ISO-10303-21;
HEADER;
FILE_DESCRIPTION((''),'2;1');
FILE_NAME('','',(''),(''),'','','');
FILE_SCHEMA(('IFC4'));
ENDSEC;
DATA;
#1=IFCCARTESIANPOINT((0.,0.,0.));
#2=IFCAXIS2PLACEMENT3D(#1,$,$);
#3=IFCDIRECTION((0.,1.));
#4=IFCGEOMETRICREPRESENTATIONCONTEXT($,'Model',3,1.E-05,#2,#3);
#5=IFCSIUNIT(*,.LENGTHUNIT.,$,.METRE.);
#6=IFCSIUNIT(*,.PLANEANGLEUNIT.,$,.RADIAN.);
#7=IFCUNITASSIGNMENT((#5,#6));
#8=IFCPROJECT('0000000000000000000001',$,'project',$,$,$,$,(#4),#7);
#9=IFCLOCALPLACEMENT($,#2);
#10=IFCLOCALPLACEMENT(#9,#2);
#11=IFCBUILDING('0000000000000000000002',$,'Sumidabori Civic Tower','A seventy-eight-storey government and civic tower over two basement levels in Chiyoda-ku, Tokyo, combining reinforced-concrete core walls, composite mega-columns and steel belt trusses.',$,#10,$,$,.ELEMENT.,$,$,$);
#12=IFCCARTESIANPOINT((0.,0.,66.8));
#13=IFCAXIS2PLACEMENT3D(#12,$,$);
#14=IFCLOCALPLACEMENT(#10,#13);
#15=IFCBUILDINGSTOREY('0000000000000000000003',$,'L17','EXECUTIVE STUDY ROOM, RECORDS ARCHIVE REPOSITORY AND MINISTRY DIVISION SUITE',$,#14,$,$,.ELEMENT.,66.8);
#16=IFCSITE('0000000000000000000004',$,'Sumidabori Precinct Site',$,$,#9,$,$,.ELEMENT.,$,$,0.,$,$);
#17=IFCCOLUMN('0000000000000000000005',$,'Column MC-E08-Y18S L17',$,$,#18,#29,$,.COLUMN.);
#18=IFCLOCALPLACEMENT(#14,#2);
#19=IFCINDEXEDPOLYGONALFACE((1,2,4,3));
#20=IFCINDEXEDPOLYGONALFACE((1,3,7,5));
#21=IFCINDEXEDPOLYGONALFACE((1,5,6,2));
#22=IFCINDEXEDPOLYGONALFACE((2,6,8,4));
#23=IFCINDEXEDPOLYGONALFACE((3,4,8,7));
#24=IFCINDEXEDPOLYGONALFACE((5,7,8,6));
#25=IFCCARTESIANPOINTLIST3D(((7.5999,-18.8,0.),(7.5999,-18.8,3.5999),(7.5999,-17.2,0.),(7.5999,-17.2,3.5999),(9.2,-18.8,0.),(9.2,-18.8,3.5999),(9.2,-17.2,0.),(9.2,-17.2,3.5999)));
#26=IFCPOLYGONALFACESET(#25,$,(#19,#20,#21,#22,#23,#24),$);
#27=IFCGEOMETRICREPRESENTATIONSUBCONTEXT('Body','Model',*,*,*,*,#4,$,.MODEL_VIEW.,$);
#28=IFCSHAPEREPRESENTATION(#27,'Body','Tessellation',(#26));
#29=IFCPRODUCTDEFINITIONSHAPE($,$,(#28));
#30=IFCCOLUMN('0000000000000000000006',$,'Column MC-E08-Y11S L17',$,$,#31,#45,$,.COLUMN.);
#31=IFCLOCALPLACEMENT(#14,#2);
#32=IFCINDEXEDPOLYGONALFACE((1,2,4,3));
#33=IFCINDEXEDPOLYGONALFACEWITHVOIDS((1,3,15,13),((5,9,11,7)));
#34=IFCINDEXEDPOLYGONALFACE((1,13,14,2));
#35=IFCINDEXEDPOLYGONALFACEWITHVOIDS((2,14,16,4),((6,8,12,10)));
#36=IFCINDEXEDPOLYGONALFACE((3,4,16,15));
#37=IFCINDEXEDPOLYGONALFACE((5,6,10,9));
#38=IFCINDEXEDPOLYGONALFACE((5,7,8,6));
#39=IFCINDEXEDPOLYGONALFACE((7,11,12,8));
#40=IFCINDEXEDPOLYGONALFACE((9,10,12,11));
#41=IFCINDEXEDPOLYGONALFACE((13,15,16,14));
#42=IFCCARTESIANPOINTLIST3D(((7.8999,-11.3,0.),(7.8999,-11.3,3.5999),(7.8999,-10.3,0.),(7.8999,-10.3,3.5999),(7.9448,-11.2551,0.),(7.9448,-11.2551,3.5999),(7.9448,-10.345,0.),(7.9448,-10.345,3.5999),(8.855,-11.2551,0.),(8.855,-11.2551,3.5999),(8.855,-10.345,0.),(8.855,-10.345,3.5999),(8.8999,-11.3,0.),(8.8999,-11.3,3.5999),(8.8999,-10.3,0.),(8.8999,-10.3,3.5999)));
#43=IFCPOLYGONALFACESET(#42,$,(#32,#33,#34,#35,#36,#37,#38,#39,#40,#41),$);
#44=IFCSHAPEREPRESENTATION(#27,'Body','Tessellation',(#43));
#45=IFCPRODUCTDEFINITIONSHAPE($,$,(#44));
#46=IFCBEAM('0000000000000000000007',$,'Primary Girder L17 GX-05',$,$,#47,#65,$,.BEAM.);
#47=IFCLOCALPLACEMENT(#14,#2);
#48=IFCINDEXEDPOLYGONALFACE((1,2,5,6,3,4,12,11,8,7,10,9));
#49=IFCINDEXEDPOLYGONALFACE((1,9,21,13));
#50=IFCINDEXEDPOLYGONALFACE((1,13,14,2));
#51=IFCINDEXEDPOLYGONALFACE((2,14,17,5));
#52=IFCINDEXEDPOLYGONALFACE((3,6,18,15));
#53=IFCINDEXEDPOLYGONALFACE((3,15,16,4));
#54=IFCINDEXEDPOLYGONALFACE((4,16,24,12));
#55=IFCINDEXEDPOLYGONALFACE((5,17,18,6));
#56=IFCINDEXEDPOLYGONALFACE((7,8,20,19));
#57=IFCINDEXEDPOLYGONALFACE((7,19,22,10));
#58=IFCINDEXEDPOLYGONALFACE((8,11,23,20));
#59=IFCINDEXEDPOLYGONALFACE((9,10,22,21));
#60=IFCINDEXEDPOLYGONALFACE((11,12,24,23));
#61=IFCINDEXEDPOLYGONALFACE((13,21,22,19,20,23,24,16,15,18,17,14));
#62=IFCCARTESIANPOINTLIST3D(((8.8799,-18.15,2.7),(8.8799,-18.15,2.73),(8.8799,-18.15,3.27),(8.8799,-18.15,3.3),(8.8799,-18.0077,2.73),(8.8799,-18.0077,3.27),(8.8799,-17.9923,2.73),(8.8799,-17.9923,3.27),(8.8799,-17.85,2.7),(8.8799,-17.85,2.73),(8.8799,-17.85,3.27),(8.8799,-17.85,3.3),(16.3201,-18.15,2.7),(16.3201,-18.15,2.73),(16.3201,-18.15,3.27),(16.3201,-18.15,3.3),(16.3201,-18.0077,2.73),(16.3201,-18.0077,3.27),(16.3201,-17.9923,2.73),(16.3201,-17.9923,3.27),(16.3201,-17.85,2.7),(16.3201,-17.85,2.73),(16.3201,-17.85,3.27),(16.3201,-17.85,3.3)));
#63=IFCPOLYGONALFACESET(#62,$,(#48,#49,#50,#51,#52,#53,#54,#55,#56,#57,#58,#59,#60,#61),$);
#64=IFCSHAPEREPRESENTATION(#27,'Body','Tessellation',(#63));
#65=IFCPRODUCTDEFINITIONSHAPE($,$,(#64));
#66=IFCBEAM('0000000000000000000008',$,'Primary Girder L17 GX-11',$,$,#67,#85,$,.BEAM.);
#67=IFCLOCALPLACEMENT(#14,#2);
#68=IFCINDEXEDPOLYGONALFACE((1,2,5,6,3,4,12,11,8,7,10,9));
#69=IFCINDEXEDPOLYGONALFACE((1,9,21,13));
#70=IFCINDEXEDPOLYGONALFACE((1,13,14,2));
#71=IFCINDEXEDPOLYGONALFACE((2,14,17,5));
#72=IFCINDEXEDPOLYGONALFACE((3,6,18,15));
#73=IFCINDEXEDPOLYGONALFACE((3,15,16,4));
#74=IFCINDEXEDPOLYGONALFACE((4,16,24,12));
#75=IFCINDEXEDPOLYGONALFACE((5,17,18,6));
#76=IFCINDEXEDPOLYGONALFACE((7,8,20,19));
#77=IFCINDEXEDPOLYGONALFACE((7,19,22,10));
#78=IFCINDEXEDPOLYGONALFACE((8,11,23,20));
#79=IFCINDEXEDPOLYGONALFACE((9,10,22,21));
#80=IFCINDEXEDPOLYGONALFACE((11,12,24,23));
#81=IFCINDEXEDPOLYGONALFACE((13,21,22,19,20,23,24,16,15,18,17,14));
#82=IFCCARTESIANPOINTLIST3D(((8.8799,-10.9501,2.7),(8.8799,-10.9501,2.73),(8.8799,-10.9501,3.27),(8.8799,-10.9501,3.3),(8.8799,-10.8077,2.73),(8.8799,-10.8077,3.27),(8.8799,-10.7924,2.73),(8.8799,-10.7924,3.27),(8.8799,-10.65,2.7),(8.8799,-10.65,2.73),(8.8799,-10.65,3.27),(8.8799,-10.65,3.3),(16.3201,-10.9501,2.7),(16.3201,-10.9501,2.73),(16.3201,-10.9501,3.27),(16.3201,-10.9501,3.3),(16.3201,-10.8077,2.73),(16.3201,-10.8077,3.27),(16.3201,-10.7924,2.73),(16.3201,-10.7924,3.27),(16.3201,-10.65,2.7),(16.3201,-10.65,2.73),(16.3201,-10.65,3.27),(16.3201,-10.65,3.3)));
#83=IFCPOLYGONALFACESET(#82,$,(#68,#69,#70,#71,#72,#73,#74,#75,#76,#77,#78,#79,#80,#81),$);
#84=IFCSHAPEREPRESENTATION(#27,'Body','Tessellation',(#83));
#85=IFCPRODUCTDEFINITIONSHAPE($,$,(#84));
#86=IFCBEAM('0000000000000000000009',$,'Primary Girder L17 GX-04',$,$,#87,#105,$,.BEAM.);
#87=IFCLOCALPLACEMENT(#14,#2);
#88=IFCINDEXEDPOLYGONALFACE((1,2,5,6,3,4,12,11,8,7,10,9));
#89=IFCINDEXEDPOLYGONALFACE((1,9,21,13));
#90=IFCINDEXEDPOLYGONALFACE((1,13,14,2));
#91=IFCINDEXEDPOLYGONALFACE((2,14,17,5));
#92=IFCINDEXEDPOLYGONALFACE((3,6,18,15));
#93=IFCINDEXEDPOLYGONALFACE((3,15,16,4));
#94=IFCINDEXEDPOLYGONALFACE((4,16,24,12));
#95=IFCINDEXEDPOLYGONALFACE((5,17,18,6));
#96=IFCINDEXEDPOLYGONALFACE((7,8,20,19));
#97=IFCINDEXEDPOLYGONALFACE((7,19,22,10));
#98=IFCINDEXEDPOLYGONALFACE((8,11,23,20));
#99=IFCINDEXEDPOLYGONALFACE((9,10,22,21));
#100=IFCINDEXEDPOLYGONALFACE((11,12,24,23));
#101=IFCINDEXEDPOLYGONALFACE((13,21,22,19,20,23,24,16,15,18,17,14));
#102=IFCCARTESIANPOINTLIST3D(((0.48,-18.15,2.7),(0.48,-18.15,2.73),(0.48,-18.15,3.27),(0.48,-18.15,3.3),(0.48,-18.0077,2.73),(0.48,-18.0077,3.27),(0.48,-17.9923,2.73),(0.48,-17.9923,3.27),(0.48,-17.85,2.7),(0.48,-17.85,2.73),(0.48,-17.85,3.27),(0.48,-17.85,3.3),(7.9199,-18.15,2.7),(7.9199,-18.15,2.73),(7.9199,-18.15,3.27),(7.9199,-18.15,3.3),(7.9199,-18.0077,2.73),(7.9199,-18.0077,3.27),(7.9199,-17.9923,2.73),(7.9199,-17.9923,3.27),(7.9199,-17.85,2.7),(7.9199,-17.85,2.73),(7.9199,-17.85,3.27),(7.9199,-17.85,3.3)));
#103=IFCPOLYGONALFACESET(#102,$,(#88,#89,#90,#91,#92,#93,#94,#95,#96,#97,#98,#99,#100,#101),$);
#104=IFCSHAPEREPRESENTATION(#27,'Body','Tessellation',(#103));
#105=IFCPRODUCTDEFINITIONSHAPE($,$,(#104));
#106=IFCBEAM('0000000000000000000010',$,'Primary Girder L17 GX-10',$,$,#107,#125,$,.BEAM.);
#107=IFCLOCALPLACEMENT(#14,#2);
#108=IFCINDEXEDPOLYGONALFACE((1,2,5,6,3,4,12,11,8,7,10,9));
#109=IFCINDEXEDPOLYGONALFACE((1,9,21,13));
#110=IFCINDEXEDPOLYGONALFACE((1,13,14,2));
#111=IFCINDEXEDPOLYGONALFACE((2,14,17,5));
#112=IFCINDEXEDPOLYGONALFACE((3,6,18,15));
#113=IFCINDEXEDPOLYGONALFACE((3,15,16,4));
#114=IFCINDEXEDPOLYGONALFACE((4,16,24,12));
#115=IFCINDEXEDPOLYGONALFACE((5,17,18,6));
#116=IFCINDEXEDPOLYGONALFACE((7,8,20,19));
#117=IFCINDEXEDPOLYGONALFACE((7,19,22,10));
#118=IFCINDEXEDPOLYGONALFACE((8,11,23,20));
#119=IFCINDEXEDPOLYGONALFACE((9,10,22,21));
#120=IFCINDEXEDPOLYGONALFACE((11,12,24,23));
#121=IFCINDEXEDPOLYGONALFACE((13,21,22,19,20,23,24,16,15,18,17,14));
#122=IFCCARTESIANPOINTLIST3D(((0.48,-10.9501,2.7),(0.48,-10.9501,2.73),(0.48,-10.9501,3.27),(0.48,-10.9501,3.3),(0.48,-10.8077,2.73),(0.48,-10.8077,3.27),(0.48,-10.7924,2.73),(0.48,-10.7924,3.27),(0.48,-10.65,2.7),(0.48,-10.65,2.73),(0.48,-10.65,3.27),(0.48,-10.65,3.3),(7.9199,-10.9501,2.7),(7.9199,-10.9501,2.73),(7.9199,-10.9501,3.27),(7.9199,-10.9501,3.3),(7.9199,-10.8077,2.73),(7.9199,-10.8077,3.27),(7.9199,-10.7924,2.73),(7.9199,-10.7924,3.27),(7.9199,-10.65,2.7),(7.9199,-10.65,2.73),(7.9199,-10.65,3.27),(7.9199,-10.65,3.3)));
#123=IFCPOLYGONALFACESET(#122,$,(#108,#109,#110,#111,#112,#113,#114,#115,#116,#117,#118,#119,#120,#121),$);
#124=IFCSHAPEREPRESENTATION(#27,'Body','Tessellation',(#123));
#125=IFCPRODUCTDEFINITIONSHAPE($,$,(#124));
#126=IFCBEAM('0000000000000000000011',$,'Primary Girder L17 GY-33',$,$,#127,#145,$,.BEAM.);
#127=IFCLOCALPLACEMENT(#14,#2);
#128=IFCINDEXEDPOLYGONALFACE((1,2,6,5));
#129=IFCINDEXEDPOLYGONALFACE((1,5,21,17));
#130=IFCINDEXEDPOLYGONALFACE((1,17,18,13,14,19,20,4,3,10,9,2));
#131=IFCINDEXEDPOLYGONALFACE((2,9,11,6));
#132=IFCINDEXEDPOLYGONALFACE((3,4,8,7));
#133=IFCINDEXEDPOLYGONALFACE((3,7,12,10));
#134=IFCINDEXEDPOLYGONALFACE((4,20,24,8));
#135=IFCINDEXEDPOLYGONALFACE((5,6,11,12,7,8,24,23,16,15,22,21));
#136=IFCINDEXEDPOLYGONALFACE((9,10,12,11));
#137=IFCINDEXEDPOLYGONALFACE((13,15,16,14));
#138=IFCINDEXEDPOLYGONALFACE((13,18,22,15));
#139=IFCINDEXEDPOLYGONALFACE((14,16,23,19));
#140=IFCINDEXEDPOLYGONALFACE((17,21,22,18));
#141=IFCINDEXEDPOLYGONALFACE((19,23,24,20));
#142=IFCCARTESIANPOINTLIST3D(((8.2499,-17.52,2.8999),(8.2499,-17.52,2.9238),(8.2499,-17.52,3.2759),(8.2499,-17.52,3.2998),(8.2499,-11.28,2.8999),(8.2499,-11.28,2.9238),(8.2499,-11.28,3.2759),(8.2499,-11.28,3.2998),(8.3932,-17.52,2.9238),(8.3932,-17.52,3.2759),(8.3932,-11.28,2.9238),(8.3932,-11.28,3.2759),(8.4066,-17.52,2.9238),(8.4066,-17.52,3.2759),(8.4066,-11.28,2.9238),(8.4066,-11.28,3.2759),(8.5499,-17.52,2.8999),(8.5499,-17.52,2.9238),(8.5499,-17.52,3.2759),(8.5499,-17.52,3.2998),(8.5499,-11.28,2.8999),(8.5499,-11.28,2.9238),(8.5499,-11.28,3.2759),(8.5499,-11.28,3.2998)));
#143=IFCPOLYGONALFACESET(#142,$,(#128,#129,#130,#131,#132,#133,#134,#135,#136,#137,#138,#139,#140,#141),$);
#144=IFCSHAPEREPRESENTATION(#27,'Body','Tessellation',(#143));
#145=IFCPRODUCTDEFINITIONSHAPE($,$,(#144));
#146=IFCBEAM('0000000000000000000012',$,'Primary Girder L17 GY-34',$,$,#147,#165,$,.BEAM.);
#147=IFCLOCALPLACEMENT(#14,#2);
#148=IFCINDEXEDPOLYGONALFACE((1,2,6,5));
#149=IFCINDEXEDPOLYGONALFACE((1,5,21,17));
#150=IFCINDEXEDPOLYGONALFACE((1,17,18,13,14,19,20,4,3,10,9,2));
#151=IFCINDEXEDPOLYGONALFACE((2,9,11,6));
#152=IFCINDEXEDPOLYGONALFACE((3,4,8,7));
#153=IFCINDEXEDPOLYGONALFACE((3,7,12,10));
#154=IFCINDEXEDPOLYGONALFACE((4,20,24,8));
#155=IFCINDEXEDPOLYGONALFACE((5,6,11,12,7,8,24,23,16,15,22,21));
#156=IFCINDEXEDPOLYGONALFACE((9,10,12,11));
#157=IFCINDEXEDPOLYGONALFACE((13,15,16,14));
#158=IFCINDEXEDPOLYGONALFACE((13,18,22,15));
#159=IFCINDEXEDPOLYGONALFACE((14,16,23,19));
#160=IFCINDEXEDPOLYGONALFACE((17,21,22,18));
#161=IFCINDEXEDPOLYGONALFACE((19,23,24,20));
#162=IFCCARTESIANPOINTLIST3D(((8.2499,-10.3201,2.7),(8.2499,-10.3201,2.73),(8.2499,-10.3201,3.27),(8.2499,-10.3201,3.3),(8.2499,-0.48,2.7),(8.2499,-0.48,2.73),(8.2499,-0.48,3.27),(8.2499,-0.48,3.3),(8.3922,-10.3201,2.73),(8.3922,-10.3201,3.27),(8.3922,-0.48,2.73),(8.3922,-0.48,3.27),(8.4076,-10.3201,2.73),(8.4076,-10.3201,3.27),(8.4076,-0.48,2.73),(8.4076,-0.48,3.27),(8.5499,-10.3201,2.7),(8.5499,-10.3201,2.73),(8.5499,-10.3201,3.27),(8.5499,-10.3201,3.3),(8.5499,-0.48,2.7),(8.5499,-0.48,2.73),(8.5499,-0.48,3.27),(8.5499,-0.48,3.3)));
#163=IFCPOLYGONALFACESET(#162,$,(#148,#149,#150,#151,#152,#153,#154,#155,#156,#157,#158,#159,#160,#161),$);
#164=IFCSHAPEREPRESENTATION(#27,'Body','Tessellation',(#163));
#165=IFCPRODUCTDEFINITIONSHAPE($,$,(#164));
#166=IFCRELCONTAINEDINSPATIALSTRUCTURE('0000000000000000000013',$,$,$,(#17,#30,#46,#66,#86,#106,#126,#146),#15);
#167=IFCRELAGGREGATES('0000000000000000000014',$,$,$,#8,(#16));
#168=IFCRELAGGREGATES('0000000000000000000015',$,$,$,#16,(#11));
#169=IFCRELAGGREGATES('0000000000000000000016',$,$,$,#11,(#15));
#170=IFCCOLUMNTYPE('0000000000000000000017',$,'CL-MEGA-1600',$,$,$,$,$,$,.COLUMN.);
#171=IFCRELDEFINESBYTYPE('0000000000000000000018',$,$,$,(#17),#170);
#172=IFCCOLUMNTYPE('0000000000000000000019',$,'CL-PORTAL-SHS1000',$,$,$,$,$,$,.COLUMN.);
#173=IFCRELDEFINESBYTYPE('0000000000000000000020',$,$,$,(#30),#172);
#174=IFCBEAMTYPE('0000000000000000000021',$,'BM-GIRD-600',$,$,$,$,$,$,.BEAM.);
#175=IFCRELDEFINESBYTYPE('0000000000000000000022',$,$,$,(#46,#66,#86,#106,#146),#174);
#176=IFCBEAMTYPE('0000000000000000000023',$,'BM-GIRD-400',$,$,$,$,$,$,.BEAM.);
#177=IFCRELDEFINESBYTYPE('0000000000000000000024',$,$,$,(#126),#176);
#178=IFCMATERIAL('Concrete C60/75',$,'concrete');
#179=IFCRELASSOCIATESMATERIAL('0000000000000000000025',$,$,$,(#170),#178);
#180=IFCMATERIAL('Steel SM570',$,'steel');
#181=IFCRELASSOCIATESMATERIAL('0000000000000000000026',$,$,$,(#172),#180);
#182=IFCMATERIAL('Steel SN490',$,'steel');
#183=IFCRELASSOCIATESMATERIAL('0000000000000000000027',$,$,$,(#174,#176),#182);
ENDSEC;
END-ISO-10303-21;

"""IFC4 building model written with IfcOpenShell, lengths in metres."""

from ifc_helpers import new_model, si_unit, direction, frame, origin, origin_2d, place, context, subcontext, project, spatial, rectangle, hollow_rectangle, i_section, extrude, source, transform, mapped, material, material_profile, profile_set, type_object, element, save


model = new_model("IFC4")

# Units and contexts
model_context = context("Model", 3, precision=1e-05, world=origin(), true_north=direction((0.0, 1.0)))
body_context = subcontext(model_context, "Body", "Model", "MODEL_VIEW")
ifc_project = project(units=[si_unit("LENGTHUNIT", "METRE"), si_unit("PLANEANGLEUNIT", "RADIAN")], contexts=[model_context])

# Site, building, storey
site_placement = place(None, origin())
site = spatial("IfcSite", under=ifc_project, at=site_placement, Name="Sumidabori Precinct Site", CompositionType="ELEMENT", RefElevation=0.0)
building_placement = place(site_placement, origin())
building = spatial("IfcBuilding", under=site, at=building_placement, Name="Sumidabori Civic Tower", Description="A seventy-eight-storey government and civic tower over two basement levels in Chiyoda-ku, Tokyo, combining reinforced-concrete core walls, composite mega-columns and steel belt trusses.", CompositionType="ELEMENT")
storey_placement = place(building_placement, frame((0.0, 0.0, 66.8)))
storey = spatial("IfcBuildingStorey", under=building, at=storey_placement, Name="L17", Description="EXECUTIVE STUDY ROOM, RECORDS ARCHIVE REPOSITORY AND MINISTRY DIVISION SUITE", CompositionType="ELEMENT", Elevation=66.8)

# Columns
ifc_material_1 = material(Name="Concrete C60/75", Category="concrete")
ifc_material_profile_1 = material_profile(ifc_material_1, rectangle(XDim=1.6001, YDim=1.6001, at=origin_2d()), Name="RC 1600x1600")
ifc_profile_set_1 = profile_set([ifc_material_profile_1], Name="Concrete C60/75")
column_type_1 = type_object("IfcColumnType", Name="CL-MEGA-1600", PredefinedType="COLUMN", material=ifc_profile_set_1)
shared_shape_1 = source(origin(), body_context, "Body", "SweptSolid", [
    extrude(rectangle(XDim=1.6001, YDim=1.6001, at=origin_2d()), origin(), (0.0, 0.0, 1.0), 3.5999),
])
column_1_placement = place(storey_placement, frame((8.3999, -18.0, 0.0), z_axis=(0.0, 0.0, 1.0), x_axis=(1.0, 0.0, 0.0)))
element("IfcColumn", 1, at=column_1_placement, inside=storey, type_object=column_type_1, Name="Column MC-E08-Y18S L17", PredefinedType="COLUMN", context=body_context, shape_type="MappedRepresentation", body=[
    mapped(shared_shape_1, transform((0.0, 0.0, 0.0), x_axis=(1.0, 0.0, 0.0), y_axis=(0.0, 1.0, 0.0), z_axis=(0.0, 0.0, 1.0), scale=1.0)),
])
ifc_material_2 = material(Name="Steel SM570", Category="steel")
ifc_material_profile_2 = material_profile(ifc_material_2, hollow_rectangle(XDim=1.0, YDim=1.0, WallThickness=0.0449, at=origin_2d()), Name="SHS 1000x1000x45")
ifc_profile_set_2 = profile_set([ifc_material_profile_2], Name="Steel SM570")
column_type_2 = type_object("IfcColumnType", Name="CL-PORTAL-SHS1000", PredefinedType="COLUMN", material=ifc_profile_set_2)
shared_shape_2 = source(origin(), body_context, "Body", "SweptSolid", [
    extrude(hollow_rectangle(XDim=1.0, YDim=1.0, WallThickness=0.0449, at=origin_2d()), origin(), (0.0, 0.0, 1.0), 3.5999),
])
column_2_placement = place(storey_placement, frame((8.3999, -10.8, 0.0), z_axis=(0.0, 0.0, 1.0), x_axis=(1.0, 0.0, 0.0)))
element("IfcColumn", 2, at=column_2_placement, inside=storey, type_object=column_type_2, Name="Column MC-E08-Y11S L17", PredefinedType="COLUMN", context=body_context, shape_type="MappedRepresentation", body=[
    mapped(shared_shape_2, transform((0.0, 0.0, 0.0), x_axis=(1.0, 0.0, 0.0), y_axis=(0.0, 1.0, 0.0), z_axis=(0.0, 0.0, 1.0), scale=1.0)),
])

# Beams
ifc_material_3 = material(Name="Steel SN490", Category="steel")
ifc_material_profile_3 = material_profile(ifc_material_3, i_section(OverallWidth=0.3, OverallDepth=0.6001, WebThickness=0.0154, FlangeThickness=0.03, at=origin_2d()), Name="HE 600 B")
ifc_profile_set_3 = profile_set([ifc_material_profile_3], Name="Steel SN490")
beam_type_1 = type_object("IfcBeamType", Name="BM-GIRD-600", PredefinedType="BEAM", material=ifc_profile_set_3)
shared_shape_3 = source(origin(), body_context, "Body", "SweptSolid", [
    extrude(i_section(OverallWidth=0.3, OverallDepth=0.6001, WebThickness=0.0154, FlangeThickness=0.03, at=origin_2d()), origin(), (0.0, 0.0, 1.0), 7.4402),
])
for number, where, z_axis, x_axis, name in (
    (3, (8.8799, -18.0, 3.0), (1.0, 0.0, 0.0), (0.0, 1.0, 0.0), "Primary Girder L17 GX-05"),
    (4, (8.8799, -10.8, 3.0), (1.0, 0.0, 0.0), (0.0, 1.0, 0.0), "Primary Girder L17 GX-11"),
):
    element("IfcBeam", number, at=place(storey_placement, frame(where, z_axis=z_axis, x_axis=x_axis)), inside=storey, type_object=beam_type_1, Name=name, PredefinedType="BEAM", context=body_context, shape_type="MappedRepresentation", body=[
        mapped(shared_shape_3, transform((0.0, 0.0, 0.0), x_axis=(1.0, 0.0, 0.0), y_axis=(0.0, 1.0, 0.0), z_axis=(0.0, 0.0, 1.0), scale=1.0)),
    ])
shared_shape_4 = source(origin(), body_context, "Body", "SweptSolid", [
    extrude(i_section(OverallWidth=0.3, OverallDepth=0.6001, WebThickness=0.0154, FlangeThickness=0.03, at=origin_2d()), origin(), (0.0, 0.0, 1.0), 7.4399),
])
for number, where, z_axis, x_axis, name in (
    (5, (0.48, -18.0, 3.0), (1.0, 0.0, 0.0), (0.0, 1.0, 0.0), "Primary Girder L17 GX-04"),
    (6, (0.48, -10.8, 3.0), (1.0, 0.0, 0.0), (0.0, 1.0, 0.0), "Primary Girder L17 GX-10"),
):
    element("IfcBeam", number, at=place(storey_placement, frame(where, z_axis=z_axis, x_axis=x_axis)), inside=storey, type_object=beam_type_1, Name=name, PredefinedType="BEAM", context=body_context, shape_type="MappedRepresentation", body=[
        mapped(shared_shape_4, transform((0.0, 0.0, 0.0), x_axis=(1.0, 0.0, 0.0), y_axis=(0.0, 1.0, 0.0), z_axis=(0.0, 0.0, 1.0), scale=1.0)),
    ])
ifc_material_profile_4 = material_profile(ifc_material_3, i_section(OverallWidth=0.3, OverallDepth=0.3999, WebThickness=0.0134, FlangeThickness=0.0239, at=origin_2d()), Name="HE 400 B")
ifc_profile_set_4 = profile_set([ifc_material_profile_4], Name="Steel SN490")
beam_type_2 = type_object("IfcBeamType", Name="BM-GIRD-400", PredefinedType="BEAM", material=ifc_profile_set_4)
shared_shape_5 = source(origin(), body_context, "Body", "SweptSolid", [
    extrude(i_section(OverallWidth=0.3, OverallDepth=0.3999, WebThickness=0.0134, FlangeThickness=0.0239, at=origin_2d()), origin(), (0.0, 0.0, 1.0), 6.24),
])
beam_1_placement = place(storey_placement, frame((8.3999, -17.52, 3.0999), z_axis=(0.0, 1.0, 0.0), x_axis=(-1.0, 0.0, 0.0)))
element("IfcBeam", 7, at=beam_1_placement, inside=storey, type_object=beam_type_2, Name="Primary Girder L17 GY-33", PredefinedType="BEAM", context=body_context, shape_type="MappedRepresentation", body=[
    mapped(shared_shape_5, transform((0.0, 0.0, 0.0), x_axis=(1.0, 0.0, 0.0), y_axis=(0.0, 1.0, 0.0), z_axis=(0.0, 0.0, 1.0), scale=1.0)),
])
shared_shape_6 = source(origin(), body_context, "Body", "SweptSolid", [
    extrude(i_section(OverallWidth=0.3, OverallDepth=0.6001, WebThickness=0.0154, FlangeThickness=0.03, at=origin_2d()), origin(), (0.0, 0.0, 1.0), 9.8401),
])
beam_2_placement = place(storey_placement, frame((8.3999, -10.3201, 3.0), z_axis=(0.0, 1.0, 0.0), x_axis=(-1.0, 0.0, 0.0)))
element("IfcBeam", 8, at=beam_2_placement, inside=storey, type_object=beam_type_1, Name="Primary Girder L17 GY-34", PredefinedType="BEAM", context=body_context, shape_type="MappedRepresentation", body=[
    mapped(shared_shape_6, transform((0.0, 0.0, 0.0), x_axis=(1.0, 0.0, 0.0), y_axis=(0.0, 1.0, 0.0), z_axis=(0.0, 0.0, 1.0), scale=1.0)),
])

save(model, "model.ifc")
